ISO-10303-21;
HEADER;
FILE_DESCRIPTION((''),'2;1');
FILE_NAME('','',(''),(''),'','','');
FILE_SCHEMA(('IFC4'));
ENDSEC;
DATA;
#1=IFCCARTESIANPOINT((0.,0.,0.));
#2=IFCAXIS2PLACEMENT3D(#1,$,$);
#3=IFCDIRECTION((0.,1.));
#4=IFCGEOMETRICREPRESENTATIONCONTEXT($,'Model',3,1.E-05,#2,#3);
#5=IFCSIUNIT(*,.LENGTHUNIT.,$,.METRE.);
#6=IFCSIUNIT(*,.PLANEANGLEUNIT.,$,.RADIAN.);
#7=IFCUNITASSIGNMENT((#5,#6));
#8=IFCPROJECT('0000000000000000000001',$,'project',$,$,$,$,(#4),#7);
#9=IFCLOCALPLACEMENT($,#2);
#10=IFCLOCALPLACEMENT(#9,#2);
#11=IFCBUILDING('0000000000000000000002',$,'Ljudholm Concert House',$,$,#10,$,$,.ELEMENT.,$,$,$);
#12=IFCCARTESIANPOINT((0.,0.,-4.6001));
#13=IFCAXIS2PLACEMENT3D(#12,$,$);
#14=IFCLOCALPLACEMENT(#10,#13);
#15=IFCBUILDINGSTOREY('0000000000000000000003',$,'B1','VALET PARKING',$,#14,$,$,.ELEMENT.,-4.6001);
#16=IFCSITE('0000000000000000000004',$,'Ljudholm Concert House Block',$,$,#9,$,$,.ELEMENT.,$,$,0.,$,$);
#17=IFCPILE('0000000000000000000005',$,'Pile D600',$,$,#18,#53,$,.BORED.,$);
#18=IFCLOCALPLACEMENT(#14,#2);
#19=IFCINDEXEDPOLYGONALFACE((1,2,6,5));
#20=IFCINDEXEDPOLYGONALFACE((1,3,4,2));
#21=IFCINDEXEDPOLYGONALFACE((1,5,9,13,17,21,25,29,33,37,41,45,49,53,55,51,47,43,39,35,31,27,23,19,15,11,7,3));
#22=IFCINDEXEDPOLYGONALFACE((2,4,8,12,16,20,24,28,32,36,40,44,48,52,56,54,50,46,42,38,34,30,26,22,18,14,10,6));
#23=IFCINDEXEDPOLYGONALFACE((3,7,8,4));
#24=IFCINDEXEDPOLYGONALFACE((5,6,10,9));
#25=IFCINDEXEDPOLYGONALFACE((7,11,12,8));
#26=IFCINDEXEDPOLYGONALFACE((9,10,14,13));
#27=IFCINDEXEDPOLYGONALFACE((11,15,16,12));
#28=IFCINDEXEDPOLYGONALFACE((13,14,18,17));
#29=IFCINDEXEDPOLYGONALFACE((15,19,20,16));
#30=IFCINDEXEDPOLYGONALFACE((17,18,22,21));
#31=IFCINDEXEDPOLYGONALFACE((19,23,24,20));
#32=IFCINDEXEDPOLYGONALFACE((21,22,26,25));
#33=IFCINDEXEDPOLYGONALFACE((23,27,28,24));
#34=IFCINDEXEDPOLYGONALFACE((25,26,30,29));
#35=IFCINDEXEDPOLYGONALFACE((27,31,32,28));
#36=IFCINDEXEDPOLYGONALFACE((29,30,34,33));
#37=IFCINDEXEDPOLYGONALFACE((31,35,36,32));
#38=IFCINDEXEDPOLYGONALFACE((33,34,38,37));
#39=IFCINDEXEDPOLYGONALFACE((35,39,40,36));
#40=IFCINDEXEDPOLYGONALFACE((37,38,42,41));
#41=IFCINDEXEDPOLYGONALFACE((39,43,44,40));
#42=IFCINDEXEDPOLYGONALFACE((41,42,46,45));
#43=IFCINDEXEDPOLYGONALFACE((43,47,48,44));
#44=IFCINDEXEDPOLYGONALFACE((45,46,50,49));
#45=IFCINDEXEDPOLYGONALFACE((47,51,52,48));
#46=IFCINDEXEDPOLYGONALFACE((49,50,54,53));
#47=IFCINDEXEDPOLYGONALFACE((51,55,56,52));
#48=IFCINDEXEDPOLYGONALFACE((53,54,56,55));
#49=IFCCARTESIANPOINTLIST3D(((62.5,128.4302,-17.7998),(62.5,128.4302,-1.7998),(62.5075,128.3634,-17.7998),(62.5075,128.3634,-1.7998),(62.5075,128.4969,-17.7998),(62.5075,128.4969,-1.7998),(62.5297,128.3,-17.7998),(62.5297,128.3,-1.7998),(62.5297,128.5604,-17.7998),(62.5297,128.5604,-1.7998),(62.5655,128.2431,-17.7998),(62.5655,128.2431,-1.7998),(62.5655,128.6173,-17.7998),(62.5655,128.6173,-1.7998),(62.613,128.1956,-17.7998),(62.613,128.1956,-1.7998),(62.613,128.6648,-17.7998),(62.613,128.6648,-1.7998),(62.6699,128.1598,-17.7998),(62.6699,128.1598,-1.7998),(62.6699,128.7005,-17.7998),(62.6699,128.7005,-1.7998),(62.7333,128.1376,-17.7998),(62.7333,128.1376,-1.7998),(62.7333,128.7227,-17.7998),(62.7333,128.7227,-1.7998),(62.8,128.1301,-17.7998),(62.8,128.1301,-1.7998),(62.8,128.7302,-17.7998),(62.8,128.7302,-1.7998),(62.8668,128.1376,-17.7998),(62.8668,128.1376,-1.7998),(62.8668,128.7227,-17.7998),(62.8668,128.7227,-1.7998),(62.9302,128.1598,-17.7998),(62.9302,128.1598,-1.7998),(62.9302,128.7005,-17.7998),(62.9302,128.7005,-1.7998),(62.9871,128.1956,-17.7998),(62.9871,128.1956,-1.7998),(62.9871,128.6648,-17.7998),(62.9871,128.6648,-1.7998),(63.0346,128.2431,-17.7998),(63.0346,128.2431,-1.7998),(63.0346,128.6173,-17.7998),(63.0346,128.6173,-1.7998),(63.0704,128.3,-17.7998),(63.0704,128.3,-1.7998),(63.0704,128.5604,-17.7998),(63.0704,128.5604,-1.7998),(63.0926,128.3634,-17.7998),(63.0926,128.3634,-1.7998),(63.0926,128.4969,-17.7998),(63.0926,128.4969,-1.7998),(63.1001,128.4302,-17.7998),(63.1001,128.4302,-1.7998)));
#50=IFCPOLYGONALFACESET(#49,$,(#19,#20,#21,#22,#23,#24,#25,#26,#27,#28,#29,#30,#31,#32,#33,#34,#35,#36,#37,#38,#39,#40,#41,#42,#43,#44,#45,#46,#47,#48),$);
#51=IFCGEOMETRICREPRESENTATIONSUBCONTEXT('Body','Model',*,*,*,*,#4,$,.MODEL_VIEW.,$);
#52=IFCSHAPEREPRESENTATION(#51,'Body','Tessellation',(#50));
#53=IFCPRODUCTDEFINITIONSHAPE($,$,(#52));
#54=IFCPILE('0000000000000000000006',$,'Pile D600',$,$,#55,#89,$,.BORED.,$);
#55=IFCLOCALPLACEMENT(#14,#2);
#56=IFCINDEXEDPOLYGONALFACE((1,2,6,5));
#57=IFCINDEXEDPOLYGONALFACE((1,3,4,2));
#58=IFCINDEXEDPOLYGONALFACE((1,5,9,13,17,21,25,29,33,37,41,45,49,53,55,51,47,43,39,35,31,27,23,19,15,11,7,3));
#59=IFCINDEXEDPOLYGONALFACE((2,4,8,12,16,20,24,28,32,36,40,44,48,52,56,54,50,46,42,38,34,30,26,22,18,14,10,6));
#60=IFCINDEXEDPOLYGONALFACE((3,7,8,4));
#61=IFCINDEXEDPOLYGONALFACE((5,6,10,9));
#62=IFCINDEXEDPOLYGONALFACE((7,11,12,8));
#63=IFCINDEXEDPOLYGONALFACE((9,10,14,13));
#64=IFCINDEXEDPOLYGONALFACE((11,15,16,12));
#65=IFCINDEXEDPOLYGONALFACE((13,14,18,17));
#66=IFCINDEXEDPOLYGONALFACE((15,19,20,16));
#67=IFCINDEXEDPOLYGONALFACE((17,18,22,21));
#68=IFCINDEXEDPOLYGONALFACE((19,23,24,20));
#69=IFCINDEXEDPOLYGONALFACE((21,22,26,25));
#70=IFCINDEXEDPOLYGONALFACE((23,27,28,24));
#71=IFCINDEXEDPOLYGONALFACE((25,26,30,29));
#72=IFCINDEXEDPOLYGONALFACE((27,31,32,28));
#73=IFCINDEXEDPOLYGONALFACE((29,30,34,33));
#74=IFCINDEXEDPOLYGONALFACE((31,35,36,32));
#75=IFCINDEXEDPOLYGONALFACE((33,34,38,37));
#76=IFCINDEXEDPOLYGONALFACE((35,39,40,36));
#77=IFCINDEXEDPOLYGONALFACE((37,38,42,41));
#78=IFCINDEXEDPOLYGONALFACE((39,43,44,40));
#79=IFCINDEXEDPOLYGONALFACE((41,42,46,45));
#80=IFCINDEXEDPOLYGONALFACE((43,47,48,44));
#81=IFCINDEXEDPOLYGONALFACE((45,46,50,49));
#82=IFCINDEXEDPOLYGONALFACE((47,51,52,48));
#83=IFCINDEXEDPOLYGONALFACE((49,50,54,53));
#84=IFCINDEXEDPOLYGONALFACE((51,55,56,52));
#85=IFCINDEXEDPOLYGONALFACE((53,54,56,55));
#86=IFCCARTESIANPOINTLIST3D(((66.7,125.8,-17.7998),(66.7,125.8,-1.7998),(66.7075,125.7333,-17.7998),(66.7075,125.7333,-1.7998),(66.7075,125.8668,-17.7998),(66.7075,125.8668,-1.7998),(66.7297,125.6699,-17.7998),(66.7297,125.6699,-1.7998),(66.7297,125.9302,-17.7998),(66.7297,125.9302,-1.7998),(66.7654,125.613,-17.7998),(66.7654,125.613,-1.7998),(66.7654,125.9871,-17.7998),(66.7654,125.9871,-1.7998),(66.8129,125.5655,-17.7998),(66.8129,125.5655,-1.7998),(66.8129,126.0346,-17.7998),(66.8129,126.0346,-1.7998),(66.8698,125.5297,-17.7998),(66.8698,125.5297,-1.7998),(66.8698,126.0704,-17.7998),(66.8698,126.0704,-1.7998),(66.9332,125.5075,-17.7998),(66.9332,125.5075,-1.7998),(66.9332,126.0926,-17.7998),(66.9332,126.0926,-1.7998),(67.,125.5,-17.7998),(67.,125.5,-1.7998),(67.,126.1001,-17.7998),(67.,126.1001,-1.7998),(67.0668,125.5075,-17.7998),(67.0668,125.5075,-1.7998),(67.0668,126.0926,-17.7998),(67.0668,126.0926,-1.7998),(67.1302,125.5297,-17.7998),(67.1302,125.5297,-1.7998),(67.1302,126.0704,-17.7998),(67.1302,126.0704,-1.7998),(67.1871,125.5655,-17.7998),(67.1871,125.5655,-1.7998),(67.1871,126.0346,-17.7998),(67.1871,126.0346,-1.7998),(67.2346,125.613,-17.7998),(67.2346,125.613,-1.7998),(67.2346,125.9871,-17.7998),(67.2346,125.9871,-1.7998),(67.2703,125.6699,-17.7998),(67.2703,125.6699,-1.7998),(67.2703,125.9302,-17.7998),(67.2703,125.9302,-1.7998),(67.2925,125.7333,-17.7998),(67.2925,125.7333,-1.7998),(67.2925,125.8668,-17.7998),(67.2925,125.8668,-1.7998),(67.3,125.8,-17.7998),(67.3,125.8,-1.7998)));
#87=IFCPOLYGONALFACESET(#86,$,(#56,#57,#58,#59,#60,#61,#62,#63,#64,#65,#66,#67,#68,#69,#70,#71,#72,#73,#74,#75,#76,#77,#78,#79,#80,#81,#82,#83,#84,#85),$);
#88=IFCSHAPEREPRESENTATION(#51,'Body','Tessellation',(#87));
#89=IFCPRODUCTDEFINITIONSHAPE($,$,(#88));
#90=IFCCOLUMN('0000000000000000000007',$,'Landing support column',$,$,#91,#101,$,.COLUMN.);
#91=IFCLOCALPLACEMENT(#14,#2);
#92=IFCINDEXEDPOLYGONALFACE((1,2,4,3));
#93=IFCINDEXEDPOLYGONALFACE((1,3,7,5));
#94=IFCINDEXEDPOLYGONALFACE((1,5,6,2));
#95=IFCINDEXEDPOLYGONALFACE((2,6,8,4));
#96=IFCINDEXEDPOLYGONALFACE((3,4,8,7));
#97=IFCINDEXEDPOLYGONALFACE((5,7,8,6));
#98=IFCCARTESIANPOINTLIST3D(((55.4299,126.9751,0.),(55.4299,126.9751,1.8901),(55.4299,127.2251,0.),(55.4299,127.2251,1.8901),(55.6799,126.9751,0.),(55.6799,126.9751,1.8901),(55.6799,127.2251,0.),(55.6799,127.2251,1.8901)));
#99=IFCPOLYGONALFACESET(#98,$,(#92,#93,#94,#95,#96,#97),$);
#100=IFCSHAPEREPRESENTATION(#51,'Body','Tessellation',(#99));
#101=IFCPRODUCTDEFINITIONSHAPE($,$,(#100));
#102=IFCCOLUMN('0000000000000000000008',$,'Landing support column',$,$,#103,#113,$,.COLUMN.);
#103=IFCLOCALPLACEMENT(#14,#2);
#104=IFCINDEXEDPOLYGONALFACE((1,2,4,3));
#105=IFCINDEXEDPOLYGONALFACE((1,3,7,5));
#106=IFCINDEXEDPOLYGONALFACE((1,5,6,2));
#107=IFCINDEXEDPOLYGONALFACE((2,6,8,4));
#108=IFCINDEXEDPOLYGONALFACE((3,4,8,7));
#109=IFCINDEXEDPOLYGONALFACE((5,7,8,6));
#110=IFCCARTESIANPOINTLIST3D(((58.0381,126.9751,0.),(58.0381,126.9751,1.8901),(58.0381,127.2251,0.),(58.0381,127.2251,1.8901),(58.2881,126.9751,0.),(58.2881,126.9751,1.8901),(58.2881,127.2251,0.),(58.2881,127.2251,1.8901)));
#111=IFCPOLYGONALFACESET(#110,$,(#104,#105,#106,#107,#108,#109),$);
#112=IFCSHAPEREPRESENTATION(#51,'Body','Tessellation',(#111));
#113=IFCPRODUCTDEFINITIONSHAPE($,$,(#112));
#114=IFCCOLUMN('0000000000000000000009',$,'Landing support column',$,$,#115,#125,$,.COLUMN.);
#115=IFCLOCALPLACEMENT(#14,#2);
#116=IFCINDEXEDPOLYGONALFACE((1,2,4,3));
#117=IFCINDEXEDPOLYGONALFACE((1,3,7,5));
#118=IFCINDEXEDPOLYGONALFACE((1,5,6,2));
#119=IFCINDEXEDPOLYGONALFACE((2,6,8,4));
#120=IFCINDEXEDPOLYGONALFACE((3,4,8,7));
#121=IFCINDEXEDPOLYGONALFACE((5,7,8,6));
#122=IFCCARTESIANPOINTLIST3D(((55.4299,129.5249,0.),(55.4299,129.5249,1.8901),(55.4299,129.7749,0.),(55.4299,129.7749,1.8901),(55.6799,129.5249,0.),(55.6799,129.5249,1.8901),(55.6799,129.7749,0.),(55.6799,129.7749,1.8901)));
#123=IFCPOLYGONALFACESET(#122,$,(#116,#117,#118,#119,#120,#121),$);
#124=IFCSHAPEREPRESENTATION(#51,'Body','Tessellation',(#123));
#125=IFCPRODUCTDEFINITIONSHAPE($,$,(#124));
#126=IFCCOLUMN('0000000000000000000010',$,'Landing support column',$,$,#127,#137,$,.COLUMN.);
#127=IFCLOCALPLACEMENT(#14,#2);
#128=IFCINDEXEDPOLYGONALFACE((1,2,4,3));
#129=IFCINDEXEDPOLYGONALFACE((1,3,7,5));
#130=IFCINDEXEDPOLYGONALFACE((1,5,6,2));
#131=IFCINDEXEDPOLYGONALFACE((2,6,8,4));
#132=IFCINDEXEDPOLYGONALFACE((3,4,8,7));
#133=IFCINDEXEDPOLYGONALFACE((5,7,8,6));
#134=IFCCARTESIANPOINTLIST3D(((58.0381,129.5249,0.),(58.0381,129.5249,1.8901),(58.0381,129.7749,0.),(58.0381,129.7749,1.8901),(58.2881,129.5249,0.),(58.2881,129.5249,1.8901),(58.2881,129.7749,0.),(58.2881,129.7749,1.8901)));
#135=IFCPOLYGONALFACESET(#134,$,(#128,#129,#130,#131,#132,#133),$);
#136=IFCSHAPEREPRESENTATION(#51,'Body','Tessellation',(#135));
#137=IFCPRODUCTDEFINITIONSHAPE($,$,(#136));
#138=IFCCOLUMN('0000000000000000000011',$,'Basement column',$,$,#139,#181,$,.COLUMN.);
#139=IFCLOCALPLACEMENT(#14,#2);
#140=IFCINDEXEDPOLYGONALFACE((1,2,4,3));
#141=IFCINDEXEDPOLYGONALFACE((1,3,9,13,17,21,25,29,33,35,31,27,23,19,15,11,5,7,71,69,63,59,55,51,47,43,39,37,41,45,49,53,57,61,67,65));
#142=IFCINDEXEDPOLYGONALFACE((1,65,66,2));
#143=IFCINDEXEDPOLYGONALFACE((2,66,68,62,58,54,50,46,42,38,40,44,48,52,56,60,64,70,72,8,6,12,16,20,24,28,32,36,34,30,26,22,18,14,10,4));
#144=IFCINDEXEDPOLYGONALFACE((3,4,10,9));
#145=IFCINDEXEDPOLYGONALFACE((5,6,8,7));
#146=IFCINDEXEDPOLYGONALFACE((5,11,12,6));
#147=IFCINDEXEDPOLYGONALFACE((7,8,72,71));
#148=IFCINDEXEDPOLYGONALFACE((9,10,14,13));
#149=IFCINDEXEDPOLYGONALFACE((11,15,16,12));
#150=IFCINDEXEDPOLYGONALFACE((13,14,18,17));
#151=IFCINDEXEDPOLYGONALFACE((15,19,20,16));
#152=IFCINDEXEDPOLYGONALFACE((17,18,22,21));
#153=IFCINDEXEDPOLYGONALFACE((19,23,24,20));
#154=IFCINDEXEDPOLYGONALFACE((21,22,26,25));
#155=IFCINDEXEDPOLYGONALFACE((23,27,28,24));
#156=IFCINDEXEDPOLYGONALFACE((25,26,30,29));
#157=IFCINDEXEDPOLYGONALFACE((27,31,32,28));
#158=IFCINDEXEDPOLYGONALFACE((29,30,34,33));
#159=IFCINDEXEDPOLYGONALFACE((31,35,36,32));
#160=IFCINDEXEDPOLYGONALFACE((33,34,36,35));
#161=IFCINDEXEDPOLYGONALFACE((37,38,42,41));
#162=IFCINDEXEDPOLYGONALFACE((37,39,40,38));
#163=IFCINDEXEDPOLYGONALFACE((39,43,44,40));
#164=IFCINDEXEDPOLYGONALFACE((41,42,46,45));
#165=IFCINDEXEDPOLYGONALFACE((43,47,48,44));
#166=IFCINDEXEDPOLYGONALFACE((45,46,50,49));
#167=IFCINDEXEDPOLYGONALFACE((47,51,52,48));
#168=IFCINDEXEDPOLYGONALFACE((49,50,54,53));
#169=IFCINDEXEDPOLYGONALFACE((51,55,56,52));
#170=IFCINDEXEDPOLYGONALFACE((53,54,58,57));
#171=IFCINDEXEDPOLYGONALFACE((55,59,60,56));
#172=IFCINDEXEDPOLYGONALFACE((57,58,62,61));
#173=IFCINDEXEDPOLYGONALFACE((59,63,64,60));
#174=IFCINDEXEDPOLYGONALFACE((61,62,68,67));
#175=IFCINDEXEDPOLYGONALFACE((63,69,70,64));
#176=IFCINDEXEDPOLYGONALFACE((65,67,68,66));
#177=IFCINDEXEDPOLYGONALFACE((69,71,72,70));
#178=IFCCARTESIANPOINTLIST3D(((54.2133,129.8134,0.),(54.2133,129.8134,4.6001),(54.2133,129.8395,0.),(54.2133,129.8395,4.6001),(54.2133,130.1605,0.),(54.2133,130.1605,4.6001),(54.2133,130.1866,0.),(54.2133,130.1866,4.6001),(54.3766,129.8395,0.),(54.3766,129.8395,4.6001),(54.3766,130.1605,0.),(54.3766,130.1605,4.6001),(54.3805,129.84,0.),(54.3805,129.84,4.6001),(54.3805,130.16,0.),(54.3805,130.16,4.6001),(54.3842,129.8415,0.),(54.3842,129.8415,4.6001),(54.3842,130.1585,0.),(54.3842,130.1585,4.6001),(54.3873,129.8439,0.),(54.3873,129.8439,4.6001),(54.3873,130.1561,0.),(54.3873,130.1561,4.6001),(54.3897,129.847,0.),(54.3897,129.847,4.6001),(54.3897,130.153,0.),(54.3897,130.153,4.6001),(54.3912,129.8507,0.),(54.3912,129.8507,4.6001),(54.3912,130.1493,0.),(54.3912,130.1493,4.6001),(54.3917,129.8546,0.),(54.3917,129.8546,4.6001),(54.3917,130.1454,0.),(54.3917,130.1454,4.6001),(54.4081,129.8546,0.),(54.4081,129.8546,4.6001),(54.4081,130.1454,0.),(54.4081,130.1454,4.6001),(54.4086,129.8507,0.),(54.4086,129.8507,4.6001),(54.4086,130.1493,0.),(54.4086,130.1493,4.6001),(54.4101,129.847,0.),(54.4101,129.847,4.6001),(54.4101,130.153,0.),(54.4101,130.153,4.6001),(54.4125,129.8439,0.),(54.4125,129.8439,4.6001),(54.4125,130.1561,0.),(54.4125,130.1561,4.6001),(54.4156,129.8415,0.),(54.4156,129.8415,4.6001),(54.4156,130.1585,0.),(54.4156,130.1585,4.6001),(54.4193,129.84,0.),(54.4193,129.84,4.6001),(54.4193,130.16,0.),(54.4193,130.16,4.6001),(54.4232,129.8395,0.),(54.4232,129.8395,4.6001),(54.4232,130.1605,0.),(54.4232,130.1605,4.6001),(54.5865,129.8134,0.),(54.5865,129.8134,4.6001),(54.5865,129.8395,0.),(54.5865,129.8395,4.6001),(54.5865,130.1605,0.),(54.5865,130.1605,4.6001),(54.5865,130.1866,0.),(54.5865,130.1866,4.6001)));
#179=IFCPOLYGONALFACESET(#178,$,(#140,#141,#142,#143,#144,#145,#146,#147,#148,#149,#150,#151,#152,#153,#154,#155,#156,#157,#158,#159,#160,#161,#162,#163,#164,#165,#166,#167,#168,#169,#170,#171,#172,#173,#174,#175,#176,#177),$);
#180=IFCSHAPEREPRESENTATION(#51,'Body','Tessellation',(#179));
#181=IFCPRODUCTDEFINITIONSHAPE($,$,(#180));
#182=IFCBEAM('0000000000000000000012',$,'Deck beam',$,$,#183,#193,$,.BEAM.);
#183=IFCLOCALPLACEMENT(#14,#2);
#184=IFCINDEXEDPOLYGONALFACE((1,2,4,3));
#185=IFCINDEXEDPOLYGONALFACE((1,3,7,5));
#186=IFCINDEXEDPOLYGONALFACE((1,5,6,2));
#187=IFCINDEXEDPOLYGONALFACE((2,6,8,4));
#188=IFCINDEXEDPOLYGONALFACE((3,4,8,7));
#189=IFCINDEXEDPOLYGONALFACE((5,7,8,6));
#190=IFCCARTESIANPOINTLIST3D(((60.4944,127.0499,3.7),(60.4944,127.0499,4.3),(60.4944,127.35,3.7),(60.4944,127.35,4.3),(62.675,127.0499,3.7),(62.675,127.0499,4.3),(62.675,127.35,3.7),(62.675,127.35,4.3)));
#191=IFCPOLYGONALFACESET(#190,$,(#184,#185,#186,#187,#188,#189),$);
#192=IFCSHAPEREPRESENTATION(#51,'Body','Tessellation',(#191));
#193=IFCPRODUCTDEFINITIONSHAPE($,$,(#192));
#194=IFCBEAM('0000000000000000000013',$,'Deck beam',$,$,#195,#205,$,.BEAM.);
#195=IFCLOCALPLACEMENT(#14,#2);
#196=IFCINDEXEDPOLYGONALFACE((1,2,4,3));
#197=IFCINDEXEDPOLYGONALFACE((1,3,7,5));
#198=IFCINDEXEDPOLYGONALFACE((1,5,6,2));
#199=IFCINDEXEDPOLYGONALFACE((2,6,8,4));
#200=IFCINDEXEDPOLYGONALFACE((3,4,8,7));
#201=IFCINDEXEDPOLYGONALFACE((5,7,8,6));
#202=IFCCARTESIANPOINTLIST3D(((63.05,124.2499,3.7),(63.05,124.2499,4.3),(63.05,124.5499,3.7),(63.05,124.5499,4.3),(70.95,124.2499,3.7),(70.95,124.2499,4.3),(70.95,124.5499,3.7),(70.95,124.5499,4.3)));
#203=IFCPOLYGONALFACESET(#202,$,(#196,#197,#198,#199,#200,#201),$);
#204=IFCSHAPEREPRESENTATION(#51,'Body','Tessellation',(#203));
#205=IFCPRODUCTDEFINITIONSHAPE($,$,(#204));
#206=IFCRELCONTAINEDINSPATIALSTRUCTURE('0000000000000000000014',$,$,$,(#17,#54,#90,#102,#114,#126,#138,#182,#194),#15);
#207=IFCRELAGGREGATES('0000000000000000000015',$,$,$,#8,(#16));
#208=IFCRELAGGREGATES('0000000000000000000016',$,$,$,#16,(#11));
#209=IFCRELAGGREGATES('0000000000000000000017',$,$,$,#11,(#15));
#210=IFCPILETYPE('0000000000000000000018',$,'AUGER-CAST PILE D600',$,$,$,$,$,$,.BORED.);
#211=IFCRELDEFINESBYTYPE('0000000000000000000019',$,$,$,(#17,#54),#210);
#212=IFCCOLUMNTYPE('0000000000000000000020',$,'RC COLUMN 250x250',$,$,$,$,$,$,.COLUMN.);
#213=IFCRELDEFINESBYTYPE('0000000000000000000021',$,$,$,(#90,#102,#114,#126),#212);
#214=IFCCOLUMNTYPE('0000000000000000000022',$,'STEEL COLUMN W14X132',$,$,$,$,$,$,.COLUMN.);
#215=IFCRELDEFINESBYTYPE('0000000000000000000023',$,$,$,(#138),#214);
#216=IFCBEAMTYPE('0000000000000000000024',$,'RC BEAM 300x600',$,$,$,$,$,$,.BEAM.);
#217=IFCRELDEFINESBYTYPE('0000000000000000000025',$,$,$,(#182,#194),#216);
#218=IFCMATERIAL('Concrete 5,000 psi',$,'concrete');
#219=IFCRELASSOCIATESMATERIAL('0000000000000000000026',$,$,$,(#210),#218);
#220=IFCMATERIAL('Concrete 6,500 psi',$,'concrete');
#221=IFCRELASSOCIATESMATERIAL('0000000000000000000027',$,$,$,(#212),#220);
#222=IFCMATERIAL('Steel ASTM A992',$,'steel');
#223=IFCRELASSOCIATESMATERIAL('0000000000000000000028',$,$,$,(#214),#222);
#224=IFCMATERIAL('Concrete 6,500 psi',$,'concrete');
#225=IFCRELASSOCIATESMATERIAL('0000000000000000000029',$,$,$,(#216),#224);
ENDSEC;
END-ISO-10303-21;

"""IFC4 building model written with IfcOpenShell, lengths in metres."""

from ifc_helpers import new_model, si_unit, direction, frame, origin, origin_2d, place, context, subcontext, project, spatial, rectangle, circle, i_section, extrude, material, material_profile, profile_set, type_object, element, save


model = new_model("IFC4")

# Units and contexts
model_context = context("Model", 3, precision=1e-05, world=origin(), true_north=direction((0.0, 1.0)))
body_context = subcontext(model_context, "Body", "Model", "MODEL_VIEW")
ifc_project = project(units=[si_unit("LENGTHUNIT", "METRE"), si_unit("PLANEANGLEUNIT", "RADIAN")], contexts=[model_context])

# Site, building, storey
site_placement = place(None, origin())
site = spatial("IfcSite", under=ifc_project, at=site_placement, Name="Ljudholm Concert House Block", CompositionType="ELEMENT", RefElevation=0.0)
building_placement = place(site_placement, origin())
building = spatial("IfcBuilding", under=site, at=building_placement, Name="Ljudholm Concert House", CompositionType="ELEMENT")
storey_placement = place(building_placement, frame((0.0, 0.0, -4.6001)))
storey = spatial("IfcBuildingStorey", under=building, at=storey_placement, Name="B1", Description="VALET PARKING", CompositionType="ELEMENT", Elevation=-4.6001)

# Piles
ifc_material_1 = material(Name="Concrete 5,000 psi", Category="concrete")
ifc_material_profile_1 = material_profile(ifc_material_1, circle(Radius=0.3, at=origin_2d()), Name="AUGER-CAST PILE D600")
ifc_profile_set_1 = profile_set([ifc_material_profile_1], Name="Concrete 5,000 psi")
pile_type = type_object("IfcPileType", Name="AUGER-CAST PILE D600", PredefinedType="BORED", material=ifc_profile_set_1)
for number, where, z_axis, x_axis, name in (
    (1, (62.8, 128.4302, -1.7998), (0.0, 0.0, -1.0), (1.0, 0.0, 0.0), "Pile D600"),
    (2, (67.0, 125.8, -1.7998), (0.0, 0.0, -1.0), (1.0, 0.0, 0.0), "Pile D600"),
):
    element("IfcPile", number, at=place(storey_placement, frame(where, z_axis=z_axis, x_axis=x_axis)), inside=storey, type_object=pile_type, Name=name, PredefinedType="BORED", context=body_context, shape_type="SweptSolid", body=[
        extrude(circle(Radius=0.3, at=origin_2d()), origin(), (0.0, 0.0, 1.0), 16.0),
    ])

# Columns
ifc_material_2 = material(Name="Concrete 6,500 psi", Category="concrete")
ifc_material_profile_2 = material_profile(ifc_material_2, rectangle(XDim=0.25, YDim=0.25, at=origin_2d()), Name="RC COLUMN 250x250")
ifc_profile_set_2 = profile_set([ifc_material_profile_2], Name="Concrete 6,500 psi")
column_type_1 = type_object("IfcColumnType", Name="RC COLUMN 250x250", PredefinedType="COLUMN", material=ifc_profile_set_2)
for number, where, z_axis, x_axis, name in (
    (3, (55.5549, 127.1001, 0.0), (0.0, 0.0, 1.0), (1.0, 0.0, 0.0), "Landing support column"),
    (4, (58.1631, 127.1001, 0.0), (0.0, 0.0, 1.0), (1.0, 0.0, 0.0), "Landing support column"),
    (5, (55.5549, 129.6499, 0.0), (0.0, 0.0, 1.0), (1.0, 0.0, 0.0), "Landing support column"),
    (6, (58.1631, 129.6499, 0.0), (0.0, 0.0, 1.0), (1.0, 0.0, 0.0), "Landing support column"),
):
    element("IfcColumn", number, at=place(storey_placement, frame(where, z_axis=z_axis, x_axis=x_axis)), inside=storey, type_object=column_type_1, Name=name, PredefinedType="COLUMN", context=body_context, shape_type="SweptSolid", body=[
        extrude(rectangle(XDim=0.25, YDim=0.25, at=origin_2d()), origin(), (0.0, 0.0, 1.0), 1.8901),
    ])
ifc_material_3 = material(Name="Steel ASTM A992", Category="steel")
ifc_material_profile_3 = material_profile(ifc_material_3, i_section(OverallWidth=0.3733, OverallDepth=0.3733, WebThickness=0.0164, FlangeThickness=0.0261, FilletRadius=0.0151, at=origin_2d()), Name="W14X132")
ifc_profile_set_3 = profile_set([ifc_material_profile_3], Name="Steel ASTM A992")
column_type_2 = type_object("IfcColumnType", Name="STEEL COLUMN W14X132", PredefinedType="COLUMN", material=ifc_profile_set_3)
column_placement = place(storey_placement, frame((54.3999, 130.0, 0.0), z_axis=(0.0, 0.0, 1.0), x_axis=(1.0, 0.0, 0.0)))
element("IfcColumn", 7, at=column_placement, inside=storey, type_object=column_type_2, Name="Basement column", PredefinedType="COLUMN", context=body_context, shape_type="SweptSolid", body=[
    extrude(i_section(OverallWidth=0.3733, OverallDepth=0.3733, WebThickness=0.0164, FlangeThickness=0.0261, FilletRadius=0.0151, at=origin_2d()), origin(), (0.0, 0.0, 1.0), 4.6001),
])

# Beams
ifc_material_4 = material(Name="Concrete 6,500 psi", Category="concrete")
ifc_material_profile_4 = material_profile(ifc_material_4, rectangle(XDim=0.3, YDim=0.6001, at=origin_2d()), Name="RC BEAM 300x600")
ifc_profile_set_4 = profile_set([ifc_material_profile_4], Name="Concrete 6,500 psi")
beam_type = type_object("IfcBeamType", Name="RC BEAM 300x600", PredefinedType="BEAM", material=ifc_profile_set_4)
beam_1_placement = place(storey_placement, frame((60.4944, 127.2, 4.0), z_axis=(1.0, 0.0, 0.0), x_axis=(0.0, 1.0, 0.0)))
element("IfcBeam", 8, at=beam_1_placement, inside=storey, type_object=beam_type, Name="Deck beam", PredefinedType="BEAM", context=body_context, shape_type="SweptSolid", body=[
    extrude(rectangle(XDim=0.3, YDim=0.6001, at=origin_2d()), origin(), (0.0, 0.0, 1.0), 2.1807),
])
beam_2_placement = place(storey_placement, frame((63.05, 124.3999, 4.0), z_axis=(1.0, 0.0, 0.0), x_axis=(0.0, 1.0, 0.0)))
element("IfcBeam", 9, at=beam_2_placement, inside=storey, type_object=beam_type, Name="Deck beam", PredefinedType="BEAM", context=body_context, shape_type="SweptSolid", body=[
    extrude(rectangle(XDim=0.3, YDim=0.6001, at=origin_2d()), origin(), (0.0, 0.0, 1.0), 7.8999),
])

save(model, "model.ifc")
